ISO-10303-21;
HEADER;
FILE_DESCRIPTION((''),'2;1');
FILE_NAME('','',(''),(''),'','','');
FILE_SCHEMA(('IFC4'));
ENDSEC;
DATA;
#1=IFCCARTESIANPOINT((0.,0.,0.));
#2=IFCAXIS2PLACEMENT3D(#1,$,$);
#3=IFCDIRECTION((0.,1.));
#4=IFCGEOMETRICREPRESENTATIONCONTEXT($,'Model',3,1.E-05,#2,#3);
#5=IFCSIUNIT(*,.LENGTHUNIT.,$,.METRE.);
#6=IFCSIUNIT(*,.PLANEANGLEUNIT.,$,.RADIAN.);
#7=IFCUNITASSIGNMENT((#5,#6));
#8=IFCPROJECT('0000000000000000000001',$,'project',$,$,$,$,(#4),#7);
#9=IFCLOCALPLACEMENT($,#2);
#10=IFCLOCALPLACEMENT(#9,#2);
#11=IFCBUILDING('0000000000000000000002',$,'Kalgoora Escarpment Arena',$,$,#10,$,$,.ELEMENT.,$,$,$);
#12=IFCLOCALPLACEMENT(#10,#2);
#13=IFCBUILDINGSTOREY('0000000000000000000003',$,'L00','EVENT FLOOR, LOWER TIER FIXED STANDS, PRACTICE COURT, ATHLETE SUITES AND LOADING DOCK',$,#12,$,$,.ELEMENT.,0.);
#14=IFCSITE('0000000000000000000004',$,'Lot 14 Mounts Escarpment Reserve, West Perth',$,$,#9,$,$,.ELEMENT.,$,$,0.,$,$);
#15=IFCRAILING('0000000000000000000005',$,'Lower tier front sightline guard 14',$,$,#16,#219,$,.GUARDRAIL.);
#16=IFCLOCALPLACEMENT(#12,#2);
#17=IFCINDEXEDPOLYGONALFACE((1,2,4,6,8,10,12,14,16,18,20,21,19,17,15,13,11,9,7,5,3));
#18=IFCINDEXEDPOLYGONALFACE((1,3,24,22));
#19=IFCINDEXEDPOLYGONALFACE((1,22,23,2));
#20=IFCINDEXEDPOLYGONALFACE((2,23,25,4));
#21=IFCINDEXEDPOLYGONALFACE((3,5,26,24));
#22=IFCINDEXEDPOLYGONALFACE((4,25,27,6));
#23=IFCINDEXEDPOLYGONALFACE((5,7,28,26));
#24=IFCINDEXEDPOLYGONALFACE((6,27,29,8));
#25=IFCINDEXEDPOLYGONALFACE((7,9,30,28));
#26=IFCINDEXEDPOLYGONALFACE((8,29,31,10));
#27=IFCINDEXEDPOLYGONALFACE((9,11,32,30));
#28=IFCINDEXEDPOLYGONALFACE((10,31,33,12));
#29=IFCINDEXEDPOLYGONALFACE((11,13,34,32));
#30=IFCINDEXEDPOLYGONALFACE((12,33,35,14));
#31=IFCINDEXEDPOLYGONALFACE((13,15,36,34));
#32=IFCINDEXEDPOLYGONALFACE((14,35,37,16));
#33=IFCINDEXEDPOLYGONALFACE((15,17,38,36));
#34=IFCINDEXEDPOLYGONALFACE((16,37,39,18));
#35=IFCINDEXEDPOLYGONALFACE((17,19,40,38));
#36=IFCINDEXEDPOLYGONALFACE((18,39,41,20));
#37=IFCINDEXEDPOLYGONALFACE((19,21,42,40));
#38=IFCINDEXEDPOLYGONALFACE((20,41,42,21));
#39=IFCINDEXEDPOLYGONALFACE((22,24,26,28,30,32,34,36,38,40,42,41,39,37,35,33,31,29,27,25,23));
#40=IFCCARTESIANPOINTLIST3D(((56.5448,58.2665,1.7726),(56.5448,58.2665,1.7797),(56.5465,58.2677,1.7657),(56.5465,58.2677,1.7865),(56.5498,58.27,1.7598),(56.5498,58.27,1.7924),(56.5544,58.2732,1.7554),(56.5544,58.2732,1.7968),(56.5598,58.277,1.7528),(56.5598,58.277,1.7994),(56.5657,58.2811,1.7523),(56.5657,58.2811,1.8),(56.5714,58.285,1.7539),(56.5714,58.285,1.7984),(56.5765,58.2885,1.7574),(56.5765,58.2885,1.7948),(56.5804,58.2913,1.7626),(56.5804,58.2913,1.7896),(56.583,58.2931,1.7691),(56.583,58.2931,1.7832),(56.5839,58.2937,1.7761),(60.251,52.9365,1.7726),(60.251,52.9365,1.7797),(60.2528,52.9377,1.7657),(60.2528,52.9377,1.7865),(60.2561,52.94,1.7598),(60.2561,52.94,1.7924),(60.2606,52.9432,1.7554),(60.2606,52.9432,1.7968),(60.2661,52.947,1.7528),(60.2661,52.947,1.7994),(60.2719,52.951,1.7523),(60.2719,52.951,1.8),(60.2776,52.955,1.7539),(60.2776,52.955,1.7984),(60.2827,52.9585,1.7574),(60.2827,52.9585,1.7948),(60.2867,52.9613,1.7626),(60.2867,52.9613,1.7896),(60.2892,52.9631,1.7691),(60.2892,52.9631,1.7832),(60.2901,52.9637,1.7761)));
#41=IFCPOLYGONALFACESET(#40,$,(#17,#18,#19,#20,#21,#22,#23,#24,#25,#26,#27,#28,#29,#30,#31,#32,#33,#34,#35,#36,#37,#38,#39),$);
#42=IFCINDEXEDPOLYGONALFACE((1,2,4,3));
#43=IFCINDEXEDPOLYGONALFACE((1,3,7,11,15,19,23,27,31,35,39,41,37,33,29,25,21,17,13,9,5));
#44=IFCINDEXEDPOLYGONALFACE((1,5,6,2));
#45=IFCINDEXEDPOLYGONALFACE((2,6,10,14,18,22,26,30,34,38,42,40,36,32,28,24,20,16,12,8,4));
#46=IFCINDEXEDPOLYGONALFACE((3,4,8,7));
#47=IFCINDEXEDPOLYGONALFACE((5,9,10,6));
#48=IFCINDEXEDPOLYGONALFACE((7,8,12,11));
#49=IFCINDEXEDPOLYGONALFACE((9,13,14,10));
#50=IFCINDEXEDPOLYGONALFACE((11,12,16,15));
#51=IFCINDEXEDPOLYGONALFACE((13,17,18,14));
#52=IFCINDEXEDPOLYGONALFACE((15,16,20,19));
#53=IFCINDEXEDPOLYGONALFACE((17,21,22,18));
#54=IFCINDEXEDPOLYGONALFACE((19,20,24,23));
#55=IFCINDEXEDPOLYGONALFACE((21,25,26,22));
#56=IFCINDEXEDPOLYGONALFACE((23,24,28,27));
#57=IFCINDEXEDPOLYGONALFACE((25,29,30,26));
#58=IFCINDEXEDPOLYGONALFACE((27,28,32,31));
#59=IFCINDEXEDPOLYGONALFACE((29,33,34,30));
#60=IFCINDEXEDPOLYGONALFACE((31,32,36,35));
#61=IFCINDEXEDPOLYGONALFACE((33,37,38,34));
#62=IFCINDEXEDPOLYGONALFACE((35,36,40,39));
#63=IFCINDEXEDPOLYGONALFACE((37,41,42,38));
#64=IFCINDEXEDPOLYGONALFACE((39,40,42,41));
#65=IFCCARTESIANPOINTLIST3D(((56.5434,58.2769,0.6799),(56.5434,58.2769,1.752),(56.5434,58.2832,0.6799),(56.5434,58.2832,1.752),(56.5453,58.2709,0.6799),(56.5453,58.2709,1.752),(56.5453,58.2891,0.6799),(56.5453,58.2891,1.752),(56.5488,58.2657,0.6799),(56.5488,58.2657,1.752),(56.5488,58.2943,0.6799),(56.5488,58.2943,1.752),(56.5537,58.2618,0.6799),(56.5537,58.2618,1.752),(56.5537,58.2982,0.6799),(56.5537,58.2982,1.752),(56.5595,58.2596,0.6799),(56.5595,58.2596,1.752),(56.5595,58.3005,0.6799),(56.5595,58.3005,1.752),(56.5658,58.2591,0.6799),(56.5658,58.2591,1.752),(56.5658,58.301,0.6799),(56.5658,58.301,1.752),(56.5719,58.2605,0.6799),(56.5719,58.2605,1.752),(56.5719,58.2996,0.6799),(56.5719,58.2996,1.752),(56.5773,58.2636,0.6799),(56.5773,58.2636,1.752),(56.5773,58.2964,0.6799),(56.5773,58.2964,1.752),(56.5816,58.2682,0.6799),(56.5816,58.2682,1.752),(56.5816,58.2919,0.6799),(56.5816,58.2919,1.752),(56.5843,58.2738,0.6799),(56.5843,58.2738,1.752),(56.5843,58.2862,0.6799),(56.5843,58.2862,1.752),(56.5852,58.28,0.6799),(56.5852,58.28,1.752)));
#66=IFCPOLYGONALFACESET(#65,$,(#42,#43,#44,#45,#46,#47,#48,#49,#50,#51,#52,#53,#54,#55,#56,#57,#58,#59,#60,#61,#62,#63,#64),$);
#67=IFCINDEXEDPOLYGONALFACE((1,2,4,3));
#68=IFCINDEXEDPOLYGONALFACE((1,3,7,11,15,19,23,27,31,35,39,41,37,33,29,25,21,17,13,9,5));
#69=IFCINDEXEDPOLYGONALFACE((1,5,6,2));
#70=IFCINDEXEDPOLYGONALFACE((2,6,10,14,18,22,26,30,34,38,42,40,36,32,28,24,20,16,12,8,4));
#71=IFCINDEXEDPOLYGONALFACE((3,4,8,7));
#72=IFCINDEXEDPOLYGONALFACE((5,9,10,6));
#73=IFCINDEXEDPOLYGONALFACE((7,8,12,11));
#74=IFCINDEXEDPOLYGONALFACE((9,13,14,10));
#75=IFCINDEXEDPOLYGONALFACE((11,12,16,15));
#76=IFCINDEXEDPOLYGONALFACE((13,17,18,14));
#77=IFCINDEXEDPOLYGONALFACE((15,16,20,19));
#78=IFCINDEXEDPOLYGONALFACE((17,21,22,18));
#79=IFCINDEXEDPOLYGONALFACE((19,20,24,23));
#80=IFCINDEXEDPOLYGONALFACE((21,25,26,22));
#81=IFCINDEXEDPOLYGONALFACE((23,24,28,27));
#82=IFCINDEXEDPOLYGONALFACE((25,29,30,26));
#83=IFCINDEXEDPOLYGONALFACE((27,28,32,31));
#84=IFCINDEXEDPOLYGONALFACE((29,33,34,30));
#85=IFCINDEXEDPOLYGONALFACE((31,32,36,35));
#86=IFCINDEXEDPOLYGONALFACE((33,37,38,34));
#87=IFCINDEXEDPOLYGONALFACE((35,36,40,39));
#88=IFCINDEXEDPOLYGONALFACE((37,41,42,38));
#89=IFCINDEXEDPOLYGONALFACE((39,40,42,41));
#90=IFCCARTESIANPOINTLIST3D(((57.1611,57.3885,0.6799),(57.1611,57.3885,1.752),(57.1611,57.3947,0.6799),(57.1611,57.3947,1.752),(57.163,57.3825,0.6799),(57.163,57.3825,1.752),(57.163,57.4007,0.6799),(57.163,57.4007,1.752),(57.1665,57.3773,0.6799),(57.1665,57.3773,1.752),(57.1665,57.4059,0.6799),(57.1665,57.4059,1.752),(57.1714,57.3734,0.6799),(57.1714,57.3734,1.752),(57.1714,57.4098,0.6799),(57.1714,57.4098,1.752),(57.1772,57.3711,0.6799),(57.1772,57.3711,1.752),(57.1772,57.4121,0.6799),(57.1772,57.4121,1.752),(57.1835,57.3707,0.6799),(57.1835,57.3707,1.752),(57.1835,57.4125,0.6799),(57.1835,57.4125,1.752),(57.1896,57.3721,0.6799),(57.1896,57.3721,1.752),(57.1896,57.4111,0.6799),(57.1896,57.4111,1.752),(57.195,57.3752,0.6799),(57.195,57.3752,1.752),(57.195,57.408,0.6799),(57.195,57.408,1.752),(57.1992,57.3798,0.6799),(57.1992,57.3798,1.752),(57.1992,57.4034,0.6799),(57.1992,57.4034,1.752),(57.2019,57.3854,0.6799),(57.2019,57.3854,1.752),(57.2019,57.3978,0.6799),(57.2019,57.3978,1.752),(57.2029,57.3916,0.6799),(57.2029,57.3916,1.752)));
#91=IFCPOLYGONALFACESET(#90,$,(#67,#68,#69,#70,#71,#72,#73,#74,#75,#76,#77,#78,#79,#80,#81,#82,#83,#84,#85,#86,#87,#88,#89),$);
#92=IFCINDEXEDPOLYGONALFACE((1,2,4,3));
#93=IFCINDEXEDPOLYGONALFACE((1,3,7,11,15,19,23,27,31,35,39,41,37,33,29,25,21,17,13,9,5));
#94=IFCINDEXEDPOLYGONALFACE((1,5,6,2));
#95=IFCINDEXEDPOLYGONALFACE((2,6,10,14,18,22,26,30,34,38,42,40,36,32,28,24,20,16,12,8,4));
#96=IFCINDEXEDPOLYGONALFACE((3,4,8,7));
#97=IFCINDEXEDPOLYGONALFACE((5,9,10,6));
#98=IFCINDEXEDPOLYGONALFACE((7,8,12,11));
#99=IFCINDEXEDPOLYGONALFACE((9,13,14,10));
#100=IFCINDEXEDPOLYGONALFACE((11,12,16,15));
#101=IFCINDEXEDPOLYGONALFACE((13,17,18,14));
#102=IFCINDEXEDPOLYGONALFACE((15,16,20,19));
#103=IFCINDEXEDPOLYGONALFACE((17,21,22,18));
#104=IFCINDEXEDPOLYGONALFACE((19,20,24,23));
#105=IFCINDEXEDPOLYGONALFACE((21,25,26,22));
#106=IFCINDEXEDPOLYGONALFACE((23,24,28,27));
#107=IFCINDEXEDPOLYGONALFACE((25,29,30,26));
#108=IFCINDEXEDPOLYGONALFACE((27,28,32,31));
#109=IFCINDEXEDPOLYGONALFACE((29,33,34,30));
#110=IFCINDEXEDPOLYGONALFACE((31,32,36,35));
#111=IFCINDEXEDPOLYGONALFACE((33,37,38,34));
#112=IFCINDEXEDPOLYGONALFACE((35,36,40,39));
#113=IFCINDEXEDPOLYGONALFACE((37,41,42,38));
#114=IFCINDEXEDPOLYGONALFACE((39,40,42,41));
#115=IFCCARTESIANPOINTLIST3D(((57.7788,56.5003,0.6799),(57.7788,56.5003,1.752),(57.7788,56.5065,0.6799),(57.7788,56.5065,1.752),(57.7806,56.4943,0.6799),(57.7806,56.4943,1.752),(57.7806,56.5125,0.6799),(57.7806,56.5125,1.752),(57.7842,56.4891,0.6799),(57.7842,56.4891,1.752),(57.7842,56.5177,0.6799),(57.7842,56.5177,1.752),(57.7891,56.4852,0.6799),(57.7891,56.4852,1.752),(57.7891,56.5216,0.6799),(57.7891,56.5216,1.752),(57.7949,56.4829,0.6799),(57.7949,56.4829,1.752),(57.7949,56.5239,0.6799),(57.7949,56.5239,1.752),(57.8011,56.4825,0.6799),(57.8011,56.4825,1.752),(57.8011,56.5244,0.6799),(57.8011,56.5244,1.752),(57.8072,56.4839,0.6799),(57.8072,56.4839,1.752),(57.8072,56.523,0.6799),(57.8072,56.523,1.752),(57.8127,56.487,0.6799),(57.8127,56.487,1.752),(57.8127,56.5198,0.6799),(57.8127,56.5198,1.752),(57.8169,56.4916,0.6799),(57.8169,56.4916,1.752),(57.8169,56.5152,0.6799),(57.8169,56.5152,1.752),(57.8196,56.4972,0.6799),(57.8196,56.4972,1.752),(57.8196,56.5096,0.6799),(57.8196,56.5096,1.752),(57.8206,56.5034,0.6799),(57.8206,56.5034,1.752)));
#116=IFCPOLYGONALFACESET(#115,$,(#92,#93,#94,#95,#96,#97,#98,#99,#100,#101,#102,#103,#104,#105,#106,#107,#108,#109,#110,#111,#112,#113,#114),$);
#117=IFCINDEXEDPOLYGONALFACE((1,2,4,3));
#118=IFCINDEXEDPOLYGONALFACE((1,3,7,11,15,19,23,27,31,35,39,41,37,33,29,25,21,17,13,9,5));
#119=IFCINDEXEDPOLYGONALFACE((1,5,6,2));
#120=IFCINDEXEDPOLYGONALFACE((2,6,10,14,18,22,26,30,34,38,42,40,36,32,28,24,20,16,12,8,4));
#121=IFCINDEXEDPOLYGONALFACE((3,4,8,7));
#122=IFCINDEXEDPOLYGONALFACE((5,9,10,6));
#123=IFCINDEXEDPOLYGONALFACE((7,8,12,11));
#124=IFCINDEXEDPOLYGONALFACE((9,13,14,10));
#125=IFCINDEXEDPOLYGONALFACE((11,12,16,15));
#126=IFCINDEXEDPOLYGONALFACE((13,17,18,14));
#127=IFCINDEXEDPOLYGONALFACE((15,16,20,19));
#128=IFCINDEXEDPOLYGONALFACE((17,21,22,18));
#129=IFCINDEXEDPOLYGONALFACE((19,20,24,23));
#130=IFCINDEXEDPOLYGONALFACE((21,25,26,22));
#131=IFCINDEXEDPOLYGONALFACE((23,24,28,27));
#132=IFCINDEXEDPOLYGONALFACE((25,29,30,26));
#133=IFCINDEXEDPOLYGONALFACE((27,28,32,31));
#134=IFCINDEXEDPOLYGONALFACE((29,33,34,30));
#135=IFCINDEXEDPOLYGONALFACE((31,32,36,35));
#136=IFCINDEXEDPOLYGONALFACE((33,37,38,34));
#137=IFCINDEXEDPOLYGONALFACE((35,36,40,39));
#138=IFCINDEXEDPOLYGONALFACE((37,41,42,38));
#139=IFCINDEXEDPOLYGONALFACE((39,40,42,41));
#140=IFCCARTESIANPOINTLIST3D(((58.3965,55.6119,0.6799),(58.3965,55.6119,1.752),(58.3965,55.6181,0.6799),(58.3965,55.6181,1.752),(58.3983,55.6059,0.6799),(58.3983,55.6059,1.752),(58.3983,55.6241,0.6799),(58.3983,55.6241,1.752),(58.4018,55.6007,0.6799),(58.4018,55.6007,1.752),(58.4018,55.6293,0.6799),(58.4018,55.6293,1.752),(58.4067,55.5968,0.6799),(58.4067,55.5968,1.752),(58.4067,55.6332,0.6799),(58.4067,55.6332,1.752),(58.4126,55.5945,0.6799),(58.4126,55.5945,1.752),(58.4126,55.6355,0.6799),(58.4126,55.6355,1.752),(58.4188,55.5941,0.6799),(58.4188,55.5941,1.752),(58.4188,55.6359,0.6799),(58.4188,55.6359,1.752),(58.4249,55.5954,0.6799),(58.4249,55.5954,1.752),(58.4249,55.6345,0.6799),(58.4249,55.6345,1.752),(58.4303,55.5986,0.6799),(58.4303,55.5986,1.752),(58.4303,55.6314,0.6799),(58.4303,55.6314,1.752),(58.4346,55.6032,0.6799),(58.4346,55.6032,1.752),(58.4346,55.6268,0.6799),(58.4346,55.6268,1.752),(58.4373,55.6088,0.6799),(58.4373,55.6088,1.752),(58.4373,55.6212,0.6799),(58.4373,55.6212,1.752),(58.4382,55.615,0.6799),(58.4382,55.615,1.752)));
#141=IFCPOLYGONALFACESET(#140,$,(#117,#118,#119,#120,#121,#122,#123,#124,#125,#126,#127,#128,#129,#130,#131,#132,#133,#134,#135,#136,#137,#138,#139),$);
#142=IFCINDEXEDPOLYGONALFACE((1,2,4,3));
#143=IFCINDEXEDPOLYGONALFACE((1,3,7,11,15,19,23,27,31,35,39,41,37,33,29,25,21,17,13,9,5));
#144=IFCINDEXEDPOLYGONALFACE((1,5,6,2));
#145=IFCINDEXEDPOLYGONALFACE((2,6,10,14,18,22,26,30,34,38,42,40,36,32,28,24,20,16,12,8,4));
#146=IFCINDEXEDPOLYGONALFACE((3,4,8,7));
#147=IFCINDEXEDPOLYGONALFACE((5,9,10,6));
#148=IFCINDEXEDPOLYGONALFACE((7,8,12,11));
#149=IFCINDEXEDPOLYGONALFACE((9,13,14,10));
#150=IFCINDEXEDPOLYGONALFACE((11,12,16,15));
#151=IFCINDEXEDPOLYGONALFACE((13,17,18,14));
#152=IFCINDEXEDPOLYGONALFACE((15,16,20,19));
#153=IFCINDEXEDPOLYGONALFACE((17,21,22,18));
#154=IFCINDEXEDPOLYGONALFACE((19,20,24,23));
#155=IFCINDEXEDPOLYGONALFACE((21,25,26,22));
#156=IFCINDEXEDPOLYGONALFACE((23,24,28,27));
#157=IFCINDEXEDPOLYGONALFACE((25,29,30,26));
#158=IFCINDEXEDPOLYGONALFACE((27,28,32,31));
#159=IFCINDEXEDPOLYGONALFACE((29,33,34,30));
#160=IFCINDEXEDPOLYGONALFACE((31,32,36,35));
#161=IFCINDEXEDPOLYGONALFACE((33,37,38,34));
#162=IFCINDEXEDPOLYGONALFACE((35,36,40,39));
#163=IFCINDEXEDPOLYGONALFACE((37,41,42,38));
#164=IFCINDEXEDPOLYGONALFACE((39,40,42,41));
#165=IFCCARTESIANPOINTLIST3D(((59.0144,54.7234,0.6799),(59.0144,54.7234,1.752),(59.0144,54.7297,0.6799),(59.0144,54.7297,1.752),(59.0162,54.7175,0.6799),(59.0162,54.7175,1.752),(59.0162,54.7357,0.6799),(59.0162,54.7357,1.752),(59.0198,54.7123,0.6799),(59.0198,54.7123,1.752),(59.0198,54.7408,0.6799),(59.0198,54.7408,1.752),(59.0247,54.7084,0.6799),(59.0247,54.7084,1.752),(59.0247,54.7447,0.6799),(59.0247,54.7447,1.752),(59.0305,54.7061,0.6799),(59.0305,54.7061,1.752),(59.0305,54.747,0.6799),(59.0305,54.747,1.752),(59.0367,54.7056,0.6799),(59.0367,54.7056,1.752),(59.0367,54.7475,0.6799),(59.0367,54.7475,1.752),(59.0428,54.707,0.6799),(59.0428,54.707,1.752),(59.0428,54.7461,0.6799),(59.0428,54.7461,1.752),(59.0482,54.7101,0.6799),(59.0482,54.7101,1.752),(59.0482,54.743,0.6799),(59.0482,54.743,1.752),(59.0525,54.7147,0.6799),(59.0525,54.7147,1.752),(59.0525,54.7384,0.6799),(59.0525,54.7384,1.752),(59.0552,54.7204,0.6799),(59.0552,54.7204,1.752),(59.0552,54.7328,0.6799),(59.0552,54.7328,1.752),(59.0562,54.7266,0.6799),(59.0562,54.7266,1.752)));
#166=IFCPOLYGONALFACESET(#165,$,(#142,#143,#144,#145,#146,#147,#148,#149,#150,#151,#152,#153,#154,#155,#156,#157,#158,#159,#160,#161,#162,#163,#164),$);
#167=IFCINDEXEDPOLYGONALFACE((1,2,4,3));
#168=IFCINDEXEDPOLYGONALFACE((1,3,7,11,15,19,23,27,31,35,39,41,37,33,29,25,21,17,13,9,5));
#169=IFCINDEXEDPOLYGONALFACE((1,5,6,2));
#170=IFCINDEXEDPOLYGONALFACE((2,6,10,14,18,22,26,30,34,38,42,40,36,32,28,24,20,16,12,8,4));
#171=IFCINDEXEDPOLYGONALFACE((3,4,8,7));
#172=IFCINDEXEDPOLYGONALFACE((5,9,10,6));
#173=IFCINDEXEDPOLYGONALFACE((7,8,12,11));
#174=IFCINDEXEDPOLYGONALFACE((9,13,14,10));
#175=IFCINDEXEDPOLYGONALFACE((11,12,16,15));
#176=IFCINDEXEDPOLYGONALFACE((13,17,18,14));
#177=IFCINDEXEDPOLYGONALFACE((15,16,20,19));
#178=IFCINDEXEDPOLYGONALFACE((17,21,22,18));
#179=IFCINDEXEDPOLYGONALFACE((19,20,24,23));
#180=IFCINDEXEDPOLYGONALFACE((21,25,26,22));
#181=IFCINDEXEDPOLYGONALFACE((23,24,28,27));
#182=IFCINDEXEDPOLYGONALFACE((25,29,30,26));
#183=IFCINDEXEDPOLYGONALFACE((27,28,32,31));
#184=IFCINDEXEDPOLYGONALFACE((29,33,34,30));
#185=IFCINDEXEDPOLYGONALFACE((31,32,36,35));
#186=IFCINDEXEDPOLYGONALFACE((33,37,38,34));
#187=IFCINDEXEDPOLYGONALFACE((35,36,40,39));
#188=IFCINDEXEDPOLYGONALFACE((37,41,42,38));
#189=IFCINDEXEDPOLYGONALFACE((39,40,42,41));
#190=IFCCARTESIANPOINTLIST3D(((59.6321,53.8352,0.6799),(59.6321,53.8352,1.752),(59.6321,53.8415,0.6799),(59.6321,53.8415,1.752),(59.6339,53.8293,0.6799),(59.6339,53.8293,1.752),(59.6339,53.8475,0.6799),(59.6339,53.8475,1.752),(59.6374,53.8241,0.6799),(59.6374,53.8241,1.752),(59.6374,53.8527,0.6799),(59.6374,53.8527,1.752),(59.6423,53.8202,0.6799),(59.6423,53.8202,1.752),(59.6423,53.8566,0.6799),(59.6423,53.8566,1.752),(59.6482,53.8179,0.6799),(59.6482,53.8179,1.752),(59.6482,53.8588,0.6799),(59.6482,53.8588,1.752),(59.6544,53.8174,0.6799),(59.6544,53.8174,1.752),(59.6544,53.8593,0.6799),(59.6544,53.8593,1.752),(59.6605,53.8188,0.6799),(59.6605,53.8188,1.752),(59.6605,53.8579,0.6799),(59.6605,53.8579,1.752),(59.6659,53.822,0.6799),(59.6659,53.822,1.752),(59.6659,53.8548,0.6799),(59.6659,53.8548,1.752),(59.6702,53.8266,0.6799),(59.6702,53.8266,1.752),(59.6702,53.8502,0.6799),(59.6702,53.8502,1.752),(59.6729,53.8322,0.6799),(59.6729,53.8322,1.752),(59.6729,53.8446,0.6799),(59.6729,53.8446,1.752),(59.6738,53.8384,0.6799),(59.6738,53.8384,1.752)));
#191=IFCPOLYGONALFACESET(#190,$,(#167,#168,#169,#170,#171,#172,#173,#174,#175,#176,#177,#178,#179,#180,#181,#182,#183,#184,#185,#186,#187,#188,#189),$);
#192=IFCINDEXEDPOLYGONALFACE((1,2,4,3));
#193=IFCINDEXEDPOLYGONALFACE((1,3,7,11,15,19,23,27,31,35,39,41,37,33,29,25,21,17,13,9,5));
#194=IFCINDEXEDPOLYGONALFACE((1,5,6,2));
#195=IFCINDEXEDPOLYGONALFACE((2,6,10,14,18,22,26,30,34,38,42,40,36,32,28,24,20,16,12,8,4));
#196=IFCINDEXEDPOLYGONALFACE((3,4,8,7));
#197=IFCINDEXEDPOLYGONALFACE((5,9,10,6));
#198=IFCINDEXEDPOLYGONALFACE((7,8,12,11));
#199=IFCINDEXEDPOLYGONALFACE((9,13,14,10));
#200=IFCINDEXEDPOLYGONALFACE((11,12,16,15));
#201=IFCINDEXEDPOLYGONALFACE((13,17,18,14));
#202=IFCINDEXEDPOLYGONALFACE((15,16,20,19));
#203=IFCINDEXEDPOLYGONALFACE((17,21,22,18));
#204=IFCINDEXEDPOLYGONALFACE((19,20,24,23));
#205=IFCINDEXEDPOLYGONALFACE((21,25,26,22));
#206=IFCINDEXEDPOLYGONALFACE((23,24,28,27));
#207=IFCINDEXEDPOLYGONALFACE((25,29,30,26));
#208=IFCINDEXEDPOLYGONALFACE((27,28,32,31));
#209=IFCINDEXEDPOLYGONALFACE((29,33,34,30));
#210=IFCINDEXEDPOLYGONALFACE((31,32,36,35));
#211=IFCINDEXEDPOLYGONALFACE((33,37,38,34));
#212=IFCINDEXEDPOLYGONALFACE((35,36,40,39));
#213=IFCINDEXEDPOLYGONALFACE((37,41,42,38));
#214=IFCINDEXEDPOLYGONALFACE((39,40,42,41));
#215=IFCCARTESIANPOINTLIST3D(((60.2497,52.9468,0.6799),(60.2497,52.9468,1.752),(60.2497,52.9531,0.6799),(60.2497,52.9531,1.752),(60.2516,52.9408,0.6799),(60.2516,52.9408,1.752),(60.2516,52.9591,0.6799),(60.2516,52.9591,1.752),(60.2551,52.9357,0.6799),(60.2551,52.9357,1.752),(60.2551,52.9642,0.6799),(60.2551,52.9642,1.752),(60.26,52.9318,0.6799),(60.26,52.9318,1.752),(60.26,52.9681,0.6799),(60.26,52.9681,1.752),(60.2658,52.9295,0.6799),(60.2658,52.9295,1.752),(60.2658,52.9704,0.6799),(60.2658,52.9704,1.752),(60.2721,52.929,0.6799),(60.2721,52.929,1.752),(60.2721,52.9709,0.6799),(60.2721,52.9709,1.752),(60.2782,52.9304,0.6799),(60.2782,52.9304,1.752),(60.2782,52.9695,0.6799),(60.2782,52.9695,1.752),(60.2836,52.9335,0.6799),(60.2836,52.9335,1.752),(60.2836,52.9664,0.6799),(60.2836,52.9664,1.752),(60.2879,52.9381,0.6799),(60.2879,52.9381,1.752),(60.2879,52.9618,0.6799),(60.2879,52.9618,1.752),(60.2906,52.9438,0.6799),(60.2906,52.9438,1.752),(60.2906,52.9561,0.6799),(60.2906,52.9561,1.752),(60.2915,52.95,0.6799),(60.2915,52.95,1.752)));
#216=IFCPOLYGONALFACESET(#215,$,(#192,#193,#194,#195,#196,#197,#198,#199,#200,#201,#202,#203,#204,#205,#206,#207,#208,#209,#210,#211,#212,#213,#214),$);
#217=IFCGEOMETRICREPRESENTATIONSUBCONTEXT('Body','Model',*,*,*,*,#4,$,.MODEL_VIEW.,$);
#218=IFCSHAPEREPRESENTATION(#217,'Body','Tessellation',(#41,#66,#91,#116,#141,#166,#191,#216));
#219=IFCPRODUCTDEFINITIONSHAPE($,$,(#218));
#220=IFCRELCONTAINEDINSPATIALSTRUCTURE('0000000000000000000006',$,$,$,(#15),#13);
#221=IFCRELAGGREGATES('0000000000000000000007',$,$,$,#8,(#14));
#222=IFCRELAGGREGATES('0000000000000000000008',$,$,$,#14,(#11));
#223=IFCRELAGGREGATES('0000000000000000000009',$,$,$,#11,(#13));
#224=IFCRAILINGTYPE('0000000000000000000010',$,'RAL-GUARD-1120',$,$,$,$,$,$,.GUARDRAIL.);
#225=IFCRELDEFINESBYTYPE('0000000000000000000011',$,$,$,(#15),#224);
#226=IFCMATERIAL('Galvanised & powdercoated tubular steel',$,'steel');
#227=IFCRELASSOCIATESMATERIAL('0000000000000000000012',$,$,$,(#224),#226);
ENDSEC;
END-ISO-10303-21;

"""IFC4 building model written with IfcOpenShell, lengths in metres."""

from ifc_helpers import new_model, si_unit, direction, frame, origin, origin_2d, place, context, subcontext, project, spatial, circle, extrude, material, type_object, element, save


model = new_model("IFC4")

# Units and contexts
model_context = context("Model", 3, precision=1e-05, world=origin(), true_north=direction((0.0, 1.0)))
body_context = subcontext(model_context, "Body", "Model", "MODEL_VIEW")
ifc_project = project(units=[si_unit("LENGTHUNIT", "METRE"), si_unit("PLANEANGLEUNIT", "RADIAN")], contexts=[model_context])

# Site, building, storey
site_placement = place(None, origin())
site = spatial("IfcSite", under=ifc_project, at=site_placement, Name="Lot 14 Mounts Escarpment Reserve, West Perth", CompositionType="ELEMENT", RefElevation=0.0)
building_placement = place(site_placement, origin())
building = spatial("IfcBuilding", under=site, at=building_placement, Name="Kalgoora Escarpment Arena", CompositionType="ELEMENT")
storey_placement = place(building_placement, origin())
storey = spatial("IfcBuildingStorey", under=building, at=storey_placement, Name="L00", Description="EVENT FLOOR, LOWER TIER FIXED STANDS, PRACTICE COURT, ATHLETE SUITES AND LOADING DOCK", CompositionType="ELEMENT", Elevation=0.0)

# Railing
ifc_material_1 = material(Name="Galvanised & powdercoated tubular steel", Category="steel")
railing_type = type_object("IfcRailingType", Name="RAL-GUARD-1120", PredefinedType="GUARDRAIL", material=ifc_material_1)
railing_1_placement = place(storey_placement, frame((56.5642, 58.28, 0.6799)))
element("IfcRailing", 1, at=railing_1_placement, inside=storey, type_object=railing_type, Name="Lower tier front sightline guard 14", PredefinedType="GUARDRAIL", context=body_context, shape_type="SweptSolid", body=[
    extrude(circle(Radius=0.0239, at=origin_2d()), frame((0.0, 0.0, 1.0962), z_axis=(0.5709, -0.821019, 0.0), x_axis=(0.821019, 0.5709, 0.0)), (0.0, 0.0, 1.0), 6.4919),
    extrude(circle(Radius=0.021, at=origin_2d()), origin(), (0.0, 0.0, 1.0), 1.072),
    extrude(circle(Radius=0.021, at=origin_2d()), frame((0.6177, -0.8884, 0.0)), (0.0, 0.0, 1.0), 1.072),
    extrude(circle(Radius=0.021, at=origin_2d()), frame((1.2354, -1.7766, 0.0)), (0.0, 0.0, 1.0), 1.072),
    extrude(circle(Radius=0.021, at=origin_2d()), frame((1.853, -2.665, 0.0)), (0.0, 0.0, 1.0), 1.072),
    extrude(circle(Radius=0.021, at=origin_2d()), frame((2.4709, -3.5535, 0.0)), (0.0, 0.0, 1.0), 1.072),
    extrude(circle(Radius=0.021, at=origin_2d()), frame((3.0886, -4.4417, 0.0)), (0.0, 0.0, 1.0), 1.072),
    extrude(circle(Radius=0.021, at=origin_2d()), frame((3.7063, -5.3301, 0.0)), (0.0, 0.0, 1.0), 1.072),
])

save(model, "model.ifc")
